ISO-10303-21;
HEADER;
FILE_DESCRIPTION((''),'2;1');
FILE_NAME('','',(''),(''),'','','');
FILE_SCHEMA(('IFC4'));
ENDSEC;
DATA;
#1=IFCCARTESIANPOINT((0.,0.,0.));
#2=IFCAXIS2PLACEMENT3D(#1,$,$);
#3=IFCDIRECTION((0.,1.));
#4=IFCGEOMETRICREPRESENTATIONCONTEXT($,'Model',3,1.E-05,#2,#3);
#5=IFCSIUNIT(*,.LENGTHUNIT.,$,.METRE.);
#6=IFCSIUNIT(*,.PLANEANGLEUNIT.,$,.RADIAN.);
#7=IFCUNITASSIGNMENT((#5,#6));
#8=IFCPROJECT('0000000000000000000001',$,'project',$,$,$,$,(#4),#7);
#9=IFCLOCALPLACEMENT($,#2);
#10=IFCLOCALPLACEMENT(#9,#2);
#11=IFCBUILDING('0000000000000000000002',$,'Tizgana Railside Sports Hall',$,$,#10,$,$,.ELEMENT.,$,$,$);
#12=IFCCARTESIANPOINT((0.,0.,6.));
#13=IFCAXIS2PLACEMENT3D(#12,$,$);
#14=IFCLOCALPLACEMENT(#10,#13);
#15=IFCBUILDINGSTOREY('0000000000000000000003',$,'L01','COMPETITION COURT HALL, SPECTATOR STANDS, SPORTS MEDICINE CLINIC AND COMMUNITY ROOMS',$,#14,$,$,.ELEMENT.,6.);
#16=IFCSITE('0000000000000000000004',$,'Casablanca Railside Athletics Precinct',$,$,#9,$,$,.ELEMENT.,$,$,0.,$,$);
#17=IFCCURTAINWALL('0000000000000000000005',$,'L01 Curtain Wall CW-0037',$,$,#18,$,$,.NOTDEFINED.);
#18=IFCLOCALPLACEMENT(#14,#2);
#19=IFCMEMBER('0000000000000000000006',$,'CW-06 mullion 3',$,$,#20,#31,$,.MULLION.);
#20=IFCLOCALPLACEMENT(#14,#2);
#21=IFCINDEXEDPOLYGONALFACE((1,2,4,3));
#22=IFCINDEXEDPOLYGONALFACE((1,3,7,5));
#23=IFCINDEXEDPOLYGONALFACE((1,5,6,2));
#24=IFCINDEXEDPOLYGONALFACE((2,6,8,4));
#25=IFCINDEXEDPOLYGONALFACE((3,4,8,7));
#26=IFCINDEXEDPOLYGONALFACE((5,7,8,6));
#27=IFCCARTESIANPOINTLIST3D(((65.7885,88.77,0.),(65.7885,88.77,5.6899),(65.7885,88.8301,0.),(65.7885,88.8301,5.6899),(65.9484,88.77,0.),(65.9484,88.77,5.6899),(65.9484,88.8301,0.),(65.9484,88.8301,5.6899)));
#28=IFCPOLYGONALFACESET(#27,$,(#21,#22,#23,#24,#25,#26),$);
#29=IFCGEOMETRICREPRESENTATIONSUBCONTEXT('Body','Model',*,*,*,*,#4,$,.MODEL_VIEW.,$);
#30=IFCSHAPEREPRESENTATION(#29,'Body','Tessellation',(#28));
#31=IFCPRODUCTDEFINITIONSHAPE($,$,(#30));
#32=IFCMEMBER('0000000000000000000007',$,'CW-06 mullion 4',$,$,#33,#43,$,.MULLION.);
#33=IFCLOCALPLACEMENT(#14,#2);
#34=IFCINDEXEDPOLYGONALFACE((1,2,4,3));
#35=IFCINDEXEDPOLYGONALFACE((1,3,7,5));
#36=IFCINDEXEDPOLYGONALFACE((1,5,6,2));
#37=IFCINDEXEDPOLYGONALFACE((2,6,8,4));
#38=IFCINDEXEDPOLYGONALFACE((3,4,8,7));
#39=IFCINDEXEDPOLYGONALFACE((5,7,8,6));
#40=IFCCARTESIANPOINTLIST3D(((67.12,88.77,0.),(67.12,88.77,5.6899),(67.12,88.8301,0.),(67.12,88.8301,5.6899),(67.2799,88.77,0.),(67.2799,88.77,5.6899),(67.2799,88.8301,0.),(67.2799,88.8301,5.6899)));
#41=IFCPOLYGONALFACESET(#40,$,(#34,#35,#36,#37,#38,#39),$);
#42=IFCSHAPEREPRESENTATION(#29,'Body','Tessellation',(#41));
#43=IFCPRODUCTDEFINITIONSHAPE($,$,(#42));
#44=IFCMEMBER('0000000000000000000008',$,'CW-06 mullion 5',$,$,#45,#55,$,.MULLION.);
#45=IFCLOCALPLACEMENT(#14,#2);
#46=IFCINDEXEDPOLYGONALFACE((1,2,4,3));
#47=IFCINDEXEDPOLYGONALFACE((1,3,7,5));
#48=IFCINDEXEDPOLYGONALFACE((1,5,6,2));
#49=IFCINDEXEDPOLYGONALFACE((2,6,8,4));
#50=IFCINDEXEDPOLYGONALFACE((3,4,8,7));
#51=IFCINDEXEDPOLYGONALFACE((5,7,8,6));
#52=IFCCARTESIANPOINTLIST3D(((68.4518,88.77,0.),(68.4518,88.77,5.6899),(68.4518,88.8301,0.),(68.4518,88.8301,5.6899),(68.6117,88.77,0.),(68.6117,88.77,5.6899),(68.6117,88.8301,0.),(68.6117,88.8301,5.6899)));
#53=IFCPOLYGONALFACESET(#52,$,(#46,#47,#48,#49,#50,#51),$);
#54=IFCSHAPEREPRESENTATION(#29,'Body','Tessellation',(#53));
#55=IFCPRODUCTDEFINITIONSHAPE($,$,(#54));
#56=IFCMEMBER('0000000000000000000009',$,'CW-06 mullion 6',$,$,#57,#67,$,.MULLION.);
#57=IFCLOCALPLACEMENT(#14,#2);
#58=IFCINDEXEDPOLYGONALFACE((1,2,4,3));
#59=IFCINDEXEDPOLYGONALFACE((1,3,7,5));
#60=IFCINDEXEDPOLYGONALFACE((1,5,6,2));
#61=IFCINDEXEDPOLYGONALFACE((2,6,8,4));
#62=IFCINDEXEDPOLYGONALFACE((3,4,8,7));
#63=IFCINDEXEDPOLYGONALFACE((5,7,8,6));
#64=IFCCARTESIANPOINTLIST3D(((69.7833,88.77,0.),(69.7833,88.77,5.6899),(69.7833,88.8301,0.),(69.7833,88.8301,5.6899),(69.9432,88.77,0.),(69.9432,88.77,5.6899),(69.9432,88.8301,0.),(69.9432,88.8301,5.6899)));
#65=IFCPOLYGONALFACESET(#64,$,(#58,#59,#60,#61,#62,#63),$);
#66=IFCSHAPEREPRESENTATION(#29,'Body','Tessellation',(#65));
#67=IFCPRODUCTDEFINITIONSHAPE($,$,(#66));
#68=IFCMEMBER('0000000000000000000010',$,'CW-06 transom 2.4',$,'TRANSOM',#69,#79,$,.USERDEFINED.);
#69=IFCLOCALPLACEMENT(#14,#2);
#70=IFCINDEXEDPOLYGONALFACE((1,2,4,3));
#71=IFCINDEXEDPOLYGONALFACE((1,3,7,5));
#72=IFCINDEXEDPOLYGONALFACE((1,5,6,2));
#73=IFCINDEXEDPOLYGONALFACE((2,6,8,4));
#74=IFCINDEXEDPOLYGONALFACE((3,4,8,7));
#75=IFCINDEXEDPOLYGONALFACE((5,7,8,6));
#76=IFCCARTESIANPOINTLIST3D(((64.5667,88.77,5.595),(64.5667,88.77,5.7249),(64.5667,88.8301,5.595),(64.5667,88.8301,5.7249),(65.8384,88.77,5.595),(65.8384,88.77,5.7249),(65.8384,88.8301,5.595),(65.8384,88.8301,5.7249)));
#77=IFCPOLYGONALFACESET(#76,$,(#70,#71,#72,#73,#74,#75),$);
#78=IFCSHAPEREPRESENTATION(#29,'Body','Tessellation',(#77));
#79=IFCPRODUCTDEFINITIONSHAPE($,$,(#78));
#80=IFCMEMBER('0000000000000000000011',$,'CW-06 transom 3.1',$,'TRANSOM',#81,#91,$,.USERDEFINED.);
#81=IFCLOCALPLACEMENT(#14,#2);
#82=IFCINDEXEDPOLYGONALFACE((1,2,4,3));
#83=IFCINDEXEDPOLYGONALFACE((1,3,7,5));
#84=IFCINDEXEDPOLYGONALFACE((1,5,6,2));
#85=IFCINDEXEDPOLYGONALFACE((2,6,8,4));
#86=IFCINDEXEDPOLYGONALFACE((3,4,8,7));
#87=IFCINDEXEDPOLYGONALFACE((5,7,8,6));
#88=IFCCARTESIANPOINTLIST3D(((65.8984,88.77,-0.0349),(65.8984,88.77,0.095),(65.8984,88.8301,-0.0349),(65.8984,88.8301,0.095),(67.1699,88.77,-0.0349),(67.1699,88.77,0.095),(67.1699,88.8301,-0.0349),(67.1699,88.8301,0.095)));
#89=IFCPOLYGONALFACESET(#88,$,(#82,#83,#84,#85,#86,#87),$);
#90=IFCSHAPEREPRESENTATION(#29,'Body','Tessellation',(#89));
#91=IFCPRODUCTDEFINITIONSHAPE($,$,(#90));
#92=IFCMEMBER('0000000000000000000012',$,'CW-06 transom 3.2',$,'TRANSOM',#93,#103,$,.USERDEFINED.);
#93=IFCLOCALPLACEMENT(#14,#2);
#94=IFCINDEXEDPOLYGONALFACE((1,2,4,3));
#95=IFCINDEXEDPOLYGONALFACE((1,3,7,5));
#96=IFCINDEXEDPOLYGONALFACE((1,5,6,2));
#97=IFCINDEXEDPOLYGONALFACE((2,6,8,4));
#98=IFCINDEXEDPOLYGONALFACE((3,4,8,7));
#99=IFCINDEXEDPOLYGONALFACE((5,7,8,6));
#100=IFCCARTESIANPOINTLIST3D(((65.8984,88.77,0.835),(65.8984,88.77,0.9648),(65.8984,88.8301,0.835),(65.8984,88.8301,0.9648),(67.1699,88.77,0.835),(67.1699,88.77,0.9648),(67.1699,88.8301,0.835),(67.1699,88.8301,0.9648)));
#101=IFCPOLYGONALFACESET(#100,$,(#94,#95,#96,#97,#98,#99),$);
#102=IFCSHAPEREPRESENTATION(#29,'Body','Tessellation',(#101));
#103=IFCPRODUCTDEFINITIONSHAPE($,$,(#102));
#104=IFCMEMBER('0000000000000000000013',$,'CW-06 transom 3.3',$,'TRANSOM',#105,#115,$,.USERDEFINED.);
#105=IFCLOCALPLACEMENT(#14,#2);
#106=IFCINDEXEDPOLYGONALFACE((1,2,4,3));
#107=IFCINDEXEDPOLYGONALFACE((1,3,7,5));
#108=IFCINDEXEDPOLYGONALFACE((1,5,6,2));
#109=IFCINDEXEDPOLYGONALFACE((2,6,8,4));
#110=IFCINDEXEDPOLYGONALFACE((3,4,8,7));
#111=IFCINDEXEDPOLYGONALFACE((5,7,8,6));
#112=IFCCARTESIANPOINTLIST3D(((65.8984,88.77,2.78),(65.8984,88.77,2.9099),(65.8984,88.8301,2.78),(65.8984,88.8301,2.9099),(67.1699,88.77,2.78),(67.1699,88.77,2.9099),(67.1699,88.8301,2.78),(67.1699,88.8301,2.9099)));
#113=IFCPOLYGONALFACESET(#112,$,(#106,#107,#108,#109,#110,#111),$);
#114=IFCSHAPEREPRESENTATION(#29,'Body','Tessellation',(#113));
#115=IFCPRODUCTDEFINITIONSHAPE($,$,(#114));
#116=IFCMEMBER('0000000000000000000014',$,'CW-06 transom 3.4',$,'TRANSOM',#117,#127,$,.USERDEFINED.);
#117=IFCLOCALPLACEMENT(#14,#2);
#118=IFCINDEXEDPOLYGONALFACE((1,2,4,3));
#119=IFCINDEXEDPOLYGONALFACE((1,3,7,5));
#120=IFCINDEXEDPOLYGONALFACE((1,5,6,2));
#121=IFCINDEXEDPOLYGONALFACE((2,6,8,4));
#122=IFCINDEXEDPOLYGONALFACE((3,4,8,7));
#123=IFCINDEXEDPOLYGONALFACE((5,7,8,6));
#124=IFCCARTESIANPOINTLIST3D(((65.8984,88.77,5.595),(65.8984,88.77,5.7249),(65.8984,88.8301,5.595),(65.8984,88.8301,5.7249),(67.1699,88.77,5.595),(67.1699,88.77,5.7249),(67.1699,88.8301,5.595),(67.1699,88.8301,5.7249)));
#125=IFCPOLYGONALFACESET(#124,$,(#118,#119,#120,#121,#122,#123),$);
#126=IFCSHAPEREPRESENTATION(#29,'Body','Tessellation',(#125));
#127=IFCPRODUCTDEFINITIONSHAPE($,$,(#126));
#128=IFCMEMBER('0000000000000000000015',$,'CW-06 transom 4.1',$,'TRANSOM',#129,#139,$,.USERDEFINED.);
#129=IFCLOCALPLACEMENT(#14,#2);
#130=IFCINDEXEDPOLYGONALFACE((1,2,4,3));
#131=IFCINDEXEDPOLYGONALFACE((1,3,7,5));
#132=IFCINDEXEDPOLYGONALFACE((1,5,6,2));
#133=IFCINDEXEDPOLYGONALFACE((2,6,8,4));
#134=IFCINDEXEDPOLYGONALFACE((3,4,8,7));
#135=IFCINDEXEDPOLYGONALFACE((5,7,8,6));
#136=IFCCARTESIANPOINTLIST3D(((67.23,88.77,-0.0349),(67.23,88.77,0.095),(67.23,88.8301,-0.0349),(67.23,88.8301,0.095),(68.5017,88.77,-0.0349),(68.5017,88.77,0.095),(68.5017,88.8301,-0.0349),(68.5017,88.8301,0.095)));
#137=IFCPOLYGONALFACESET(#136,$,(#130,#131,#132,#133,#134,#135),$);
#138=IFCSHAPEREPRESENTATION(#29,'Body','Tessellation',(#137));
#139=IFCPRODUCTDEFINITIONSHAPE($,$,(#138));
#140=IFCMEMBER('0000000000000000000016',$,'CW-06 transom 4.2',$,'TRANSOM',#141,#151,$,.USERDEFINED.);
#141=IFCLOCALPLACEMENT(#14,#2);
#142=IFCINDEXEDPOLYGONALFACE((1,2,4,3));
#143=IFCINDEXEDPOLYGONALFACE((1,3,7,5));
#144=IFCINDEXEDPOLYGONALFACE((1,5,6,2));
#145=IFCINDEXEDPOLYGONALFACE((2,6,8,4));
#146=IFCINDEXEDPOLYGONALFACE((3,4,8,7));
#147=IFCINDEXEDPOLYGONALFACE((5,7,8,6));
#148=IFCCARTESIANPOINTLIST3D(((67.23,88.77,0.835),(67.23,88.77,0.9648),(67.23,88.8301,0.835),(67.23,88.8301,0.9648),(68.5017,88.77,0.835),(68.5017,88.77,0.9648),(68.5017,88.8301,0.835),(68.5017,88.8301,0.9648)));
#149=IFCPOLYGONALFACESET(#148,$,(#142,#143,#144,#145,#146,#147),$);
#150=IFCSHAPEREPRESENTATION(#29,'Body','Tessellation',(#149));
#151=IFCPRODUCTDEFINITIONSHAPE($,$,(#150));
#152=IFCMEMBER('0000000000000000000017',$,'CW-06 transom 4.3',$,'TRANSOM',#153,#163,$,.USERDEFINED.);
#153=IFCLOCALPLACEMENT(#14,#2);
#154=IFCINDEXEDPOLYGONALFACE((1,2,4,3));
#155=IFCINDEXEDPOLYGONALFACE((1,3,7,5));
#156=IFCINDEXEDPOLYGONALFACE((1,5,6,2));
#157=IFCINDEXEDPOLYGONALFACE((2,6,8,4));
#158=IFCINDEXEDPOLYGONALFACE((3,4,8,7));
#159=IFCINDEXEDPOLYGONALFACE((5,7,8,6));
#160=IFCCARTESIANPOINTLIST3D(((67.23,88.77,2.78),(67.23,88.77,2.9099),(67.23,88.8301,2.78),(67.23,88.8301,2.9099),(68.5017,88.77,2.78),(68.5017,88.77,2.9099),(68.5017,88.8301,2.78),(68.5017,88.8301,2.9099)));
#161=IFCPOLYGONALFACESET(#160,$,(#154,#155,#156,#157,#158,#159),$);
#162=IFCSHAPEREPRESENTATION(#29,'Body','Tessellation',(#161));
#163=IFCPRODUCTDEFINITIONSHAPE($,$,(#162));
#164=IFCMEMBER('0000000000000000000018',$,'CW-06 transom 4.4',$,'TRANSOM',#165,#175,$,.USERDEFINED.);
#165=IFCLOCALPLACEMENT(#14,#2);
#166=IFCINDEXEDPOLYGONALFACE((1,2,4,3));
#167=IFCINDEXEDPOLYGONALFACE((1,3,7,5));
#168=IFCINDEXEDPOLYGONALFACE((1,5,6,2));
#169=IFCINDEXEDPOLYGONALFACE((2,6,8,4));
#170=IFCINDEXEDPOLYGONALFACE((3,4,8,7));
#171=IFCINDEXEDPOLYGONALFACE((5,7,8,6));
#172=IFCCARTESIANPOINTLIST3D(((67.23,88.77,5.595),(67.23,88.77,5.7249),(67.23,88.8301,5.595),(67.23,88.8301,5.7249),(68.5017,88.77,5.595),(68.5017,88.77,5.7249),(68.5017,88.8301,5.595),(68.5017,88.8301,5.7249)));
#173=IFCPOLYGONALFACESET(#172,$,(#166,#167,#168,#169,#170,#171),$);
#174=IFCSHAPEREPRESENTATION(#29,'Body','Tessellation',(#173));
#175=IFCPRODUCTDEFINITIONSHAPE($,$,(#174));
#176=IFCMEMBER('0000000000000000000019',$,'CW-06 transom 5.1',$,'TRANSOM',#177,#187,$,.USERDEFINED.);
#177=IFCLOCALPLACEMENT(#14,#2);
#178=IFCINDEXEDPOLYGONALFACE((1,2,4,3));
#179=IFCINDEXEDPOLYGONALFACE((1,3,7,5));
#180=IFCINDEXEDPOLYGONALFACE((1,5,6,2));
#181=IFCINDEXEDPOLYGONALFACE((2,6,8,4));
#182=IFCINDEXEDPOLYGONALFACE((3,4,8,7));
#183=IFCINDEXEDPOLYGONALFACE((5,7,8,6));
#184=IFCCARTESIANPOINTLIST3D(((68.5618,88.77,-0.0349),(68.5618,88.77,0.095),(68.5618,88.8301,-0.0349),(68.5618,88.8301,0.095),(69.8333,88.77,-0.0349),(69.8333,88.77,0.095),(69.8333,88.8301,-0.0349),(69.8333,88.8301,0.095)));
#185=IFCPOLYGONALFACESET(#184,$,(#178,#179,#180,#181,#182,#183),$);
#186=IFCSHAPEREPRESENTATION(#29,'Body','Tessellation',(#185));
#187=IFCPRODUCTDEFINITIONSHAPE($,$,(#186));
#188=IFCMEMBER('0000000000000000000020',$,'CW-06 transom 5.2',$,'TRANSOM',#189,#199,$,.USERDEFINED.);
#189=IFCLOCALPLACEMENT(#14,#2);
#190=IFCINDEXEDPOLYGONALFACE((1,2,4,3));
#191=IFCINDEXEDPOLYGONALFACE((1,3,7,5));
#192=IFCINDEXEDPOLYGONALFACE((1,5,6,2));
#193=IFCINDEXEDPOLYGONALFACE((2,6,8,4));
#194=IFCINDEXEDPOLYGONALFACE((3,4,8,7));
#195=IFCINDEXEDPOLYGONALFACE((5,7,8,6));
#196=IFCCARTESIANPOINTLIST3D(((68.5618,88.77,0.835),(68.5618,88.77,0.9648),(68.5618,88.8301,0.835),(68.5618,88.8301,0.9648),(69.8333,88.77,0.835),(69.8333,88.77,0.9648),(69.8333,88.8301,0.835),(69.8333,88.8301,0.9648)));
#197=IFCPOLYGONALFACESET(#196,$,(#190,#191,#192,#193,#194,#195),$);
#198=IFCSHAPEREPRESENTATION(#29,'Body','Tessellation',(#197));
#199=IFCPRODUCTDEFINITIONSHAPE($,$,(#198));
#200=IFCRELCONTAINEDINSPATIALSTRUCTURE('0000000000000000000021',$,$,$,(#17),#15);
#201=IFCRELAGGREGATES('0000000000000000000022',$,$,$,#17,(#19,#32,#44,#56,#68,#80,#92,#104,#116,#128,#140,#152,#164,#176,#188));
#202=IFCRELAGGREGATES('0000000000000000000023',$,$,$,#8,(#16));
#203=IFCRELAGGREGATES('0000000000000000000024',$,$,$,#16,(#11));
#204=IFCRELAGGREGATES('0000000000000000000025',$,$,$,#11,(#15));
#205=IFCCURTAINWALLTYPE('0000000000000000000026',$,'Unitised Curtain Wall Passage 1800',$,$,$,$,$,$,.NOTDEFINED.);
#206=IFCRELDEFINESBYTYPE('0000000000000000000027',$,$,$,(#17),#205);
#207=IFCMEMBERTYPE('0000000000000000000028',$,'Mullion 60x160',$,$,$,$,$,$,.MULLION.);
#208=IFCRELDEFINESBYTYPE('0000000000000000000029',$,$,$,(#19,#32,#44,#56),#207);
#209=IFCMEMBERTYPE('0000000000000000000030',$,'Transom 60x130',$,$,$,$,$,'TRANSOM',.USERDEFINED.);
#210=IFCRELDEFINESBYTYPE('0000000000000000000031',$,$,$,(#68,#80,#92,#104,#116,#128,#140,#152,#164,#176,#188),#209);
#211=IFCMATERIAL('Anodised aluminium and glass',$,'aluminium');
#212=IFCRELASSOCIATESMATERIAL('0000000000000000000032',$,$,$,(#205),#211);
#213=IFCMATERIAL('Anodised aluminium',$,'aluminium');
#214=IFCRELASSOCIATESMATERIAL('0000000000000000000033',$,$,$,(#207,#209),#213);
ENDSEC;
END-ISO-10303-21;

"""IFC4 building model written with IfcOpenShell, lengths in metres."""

from ifc_helpers import new_model, si_unit, direction, frame, origin, origin_2d, place, context, subcontext, project, spatial, rectangle, extrude, material, material_profile, profile_set, type_object, element, aggregate, save


model = new_model("IFC4")

# Units and contexts
model_context = context("Model", 3, precision=1e-05, world=origin(), true_north=direction((0.0, 1.0)))
body_context = subcontext(model_context, "Body", "Model", "MODEL_VIEW")
ifc_project = project(units=[si_unit("LENGTHUNIT", "METRE"), si_unit("PLANEANGLEUNIT", "RADIAN")], contexts=[model_context])

# Site, building, storey
site_placement = place(None, origin())
site = spatial("IfcSite", under=ifc_project, at=site_placement, Name="Casablanca Railside Athletics Precinct", CompositionType="ELEMENT", RefElevation=0.0)
building_placement = place(site_placement, origin())
building = spatial("IfcBuilding", under=site, at=building_placement, Name="Tizgana Railside Sports Hall", CompositionType="ELEMENT")
storey_placement = place(building_placement, frame((0.0, 0.0, 6.0)))
storey = spatial("IfcBuildingStorey", under=building, at=storey_placement, Name="L01", Description="COMPETITION COURT HALL, SPECTATOR STANDS, SPORTS MEDICINE CLINIC AND COMMUNITY ROOMS", CompositionType="ELEMENT", Elevation=6.0)

# Curtain wall, members
ifc_material_1 = material(Name="Anodised aluminium and glass", Category="aluminium")
curtain_wall_type = type_object("IfcCurtainWallType", Name="Unitised Curtain Wall Passage 1800", PredefinedType="NOTDEFINED", material=ifc_material_1)
curtain_wall_placement = place(storey_placement, origin())
curtain_wall = element("IfcCurtainWall", 1, at=curtain_wall_placement, inside=storey, type_object=curtain_wall_type, Name="L01 Curtain Wall CW-0037", PredefinedType="NOTDEFINED")
ifc_material_2 = material(Name="Anodised aluminium", Category="aluminium")
ifc_material_profile_1 = material_profile(ifc_material_2, rectangle(XDim=0.0601, YDim=0.1599, at=origin_2d()), Name="Mullion 60x160")
ifc_profile_set_1 = profile_set([ifc_material_profile_1], Name="Anodised aluminium")
member_type_1 = type_object("IfcMemberType", Name="Mullion 60x160", PredefinedType="MULLION", material=ifc_profile_set_1)
member_1_placement = place(storey_placement, frame((65.8684, 88.8, 0.0), z_axis=(0.0, 0.0, 1.0), x_axis=(0.0, 1.0, 0.0)))
member_1 = element("IfcMember", 2, at=member_1_placement, type_object=member_type_1, Name="CW-06 mullion 3", PredefinedType="MULLION", context=body_context, shape_type="SweptSolid", body=[
    extrude(rectangle(XDim=0.0601, YDim=0.1599, at=origin_2d()), origin(), (0.0, 0.0, 1.0), 5.6899),
])
member_2_placement = place(storey_placement, frame((67.2, 88.8, 0.0), z_axis=(0.0, 0.0, 1.0), x_axis=(0.0, 1.0, 0.0)))
member_2 = element("IfcMember", 3, at=member_2_placement, type_object=member_type_1, Name="CW-06 mullion 4", PredefinedType="MULLION", context=body_context, shape_type="SweptSolid", body=[
    extrude(rectangle(XDim=0.0601, YDim=0.1599, at=origin_2d()), origin(), (0.0, 0.0, 1.0), 5.6899),
])
member_3_placement = place(storey_placement, frame((68.5317, 88.8, 0.0), z_axis=(0.0, 0.0, 1.0), x_axis=(0.0, 1.0, 0.0)))
member_3 = element("IfcMember", 4, at=member_3_placement, type_object=member_type_1, Name="CW-06 mullion 5", PredefinedType="MULLION", context=body_context, shape_type="SweptSolid", body=[
    extrude(rectangle(XDim=0.0601, YDim=0.1599, at=origin_2d()), origin(), (0.0, 0.0, 1.0), 5.6899),
])
member_4_placement = place(storey_placement, frame((69.8633, 88.8, 0.0), z_axis=(0.0, 0.0, 1.0), x_axis=(0.0, 1.0, 0.0)))
member_4 = element("IfcMember", 5, at=member_4_placement, type_object=member_type_1, Name="CW-06 mullion 6", PredefinedType="MULLION", context=body_context, shape_type="SweptSolid", body=[
    extrude(rectangle(XDim=0.0601, YDim=0.1599, at=origin_2d()), origin(), (0.0, 0.0, 1.0), 5.6899),
])
ifc_material_profile_2 = material_profile(ifc_material_2, rectangle(XDim=0.0601, YDim=0.1299, at=origin_2d()), Name="Transom 60x130")
ifc_profile_set_2 = profile_set([ifc_material_profile_2], Name="Anodised aluminium")
member_type_2 = type_object("IfcMemberType", Name="Transom 60x130", ElementType="TRANSOM", PredefinedType="USERDEFINED", material=ifc_profile_set_2)
member_5_placement = place(storey_placement, frame((64.5667, 88.8, 5.6599), z_axis=(1.0, 0.0, 0.0), x_axis=(0.0, 1.0, 0.0)))
member_5 = element("IfcMember", 6, at=member_5_placement, type_object=member_type_2, Name="CW-06 transom 2.4", ObjectType="TRANSOM", PredefinedType="USERDEFINED", context=body_context, shape_type="SweptSolid", body=[
    extrude(rectangle(XDim=0.0601, YDim=0.1299, at=origin_2d()), origin(), (0.0, 0.0, 1.0), 1.2717),
])
member_6_placement = place(storey_placement, frame((65.8984, 88.8, 0.03), z_axis=(1.0, 0.0, 0.0), x_axis=(0.0, 1.0, 0.0)))
member_6 = element("IfcMember", 7, at=member_6_placement, type_object=member_type_2, Name="CW-06 transom 3.1", ObjectType="TRANSOM", PredefinedType="USERDEFINED", context=body_context, shape_type="SweptSolid", body=[
    extrude(rectangle(XDim=0.0601, YDim=0.1299, at=origin_2d()), origin(), (0.0, 0.0, 1.0), 1.2715),
])
member_7_placement = place(storey_placement, frame((65.8984, 88.8, 0.8999), z_axis=(1.0, 0.0, 0.0), x_axis=(0.0, 1.0, 0.0)))
member_7 = element("IfcMember", 8, at=member_7_placement, type_object=member_type_2, Name="CW-06 transom 3.2", ObjectType="TRANSOM", PredefinedType="USERDEFINED", context=body_context, shape_type="SweptSolid", body=[
    extrude(rectangle(XDim=0.0601, YDim=0.1299, at=origin_2d()), origin(), (0.0, 0.0, 1.0), 1.2715),
])
member_8_placement = place(storey_placement, frame((65.8984, 88.8, 2.845), z_axis=(1.0, 0.0, 0.0), x_axis=(0.0, 1.0, 0.0)))
member_8 = element("IfcMember", 9, at=member_8_placement, type_object=member_type_2, Name="CW-06 transom 3.3", ObjectType="TRANSOM", PredefinedType="USERDEFINED", context=body_context, shape_type="SweptSolid", body=[
    extrude(rectangle(XDim=0.0601, YDim=0.1299, at=origin_2d()), origin(), (0.0, 0.0, 1.0), 1.2715),
])
member_9_placement = place(storey_placement, frame((65.8984, 88.8, 5.6599), z_axis=(1.0, 0.0, 0.0), x_axis=(0.0, 1.0, 0.0)))
member_9 = element("IfcMember", 10, at=member_9_placement, type_object=member_type_2, Name="CW-06 transom 3.4", ObjectType="TRANSOM", PredefinedType="USERDEFINED", context=body_context, shape_type="SweptSolid", body=[
    extrude(rectangle(XDim=0.0601, YDim=0.1299, at=origin_2d()), origin(), (0.0, 0.0, 1.0), 1.2715),
])
member_10_placement = place(storey_placement, frame((67.23, 88.8, 0.03), z_axis=(1.0, 0.0, 0.0), x_axis=(0.0, 1.0, 0.0)))
member_10 = element("IfcMember", 11, at=member_10_placement, type_object=member_type_2, Name="CW-06 transom 4.1", ObjectType="TRANSOM", PredefinedType="USERDEFINED", context=body_context, shape_type="SweptSolid", body=[
    extrude(rectangle(XDim=0.0601, YDim=0.1299, at=origin_2d()), origin(), (0.0, 0.0, 1.0), 1.2717),
])
member_11_placement = place(storey_placement, frame((67.23, 88.8, 0.8999), z_axis=(1.0, 0.0, 0.0), x_axis=(0.0, 1.0, 0.0)))
member_11 = element("IfcMember", 12, at=member_11_placement, type_object=member_type_2, Name="CW-06 transom 4.2", ObjectType="TRANSOM", PredefinedType="USERDEFINED", context=body_context, shape_type="SweptSolid", body=[
    extrude(rectangle(XDim=0.0601, YDim=0.1299, at=origin_2d()), origin(), (0.0, 0.0, 1.0), 1.2717),
])
member_12_placement = place(storey_placement, frame((67.23, 88.8, 2.845), z_axis=(1.0, 0.0, 0.0), x_axis=(0.0, 1.0, 0.0)))
member_12 = element("IfcMember", 13, at=member_12_placement, type_object=member_type_2, Name="CW-06 transom 4.3", ObjectType="TRANSOM", PredefinedType="USERDEFINED", context=body_context, shape_type="SweptSolid", body=[
    extrude(rectangle(XDim=0.0601, YDim=0.1299, at=origin_2d()), origin(), (0.0, 0.0, 1.0), 1.2717),
])
member_13_placement = place(storey_placement, frame((67.23, 88.8, 5.6599), z_axis=(1.0, 0.0, 0.0), x_axis=(0.0, 1.0, 0.0)))
member_13 = element("IfcMember", 14, at=member_13_placement, type_object=member_type_2, Name="CW-06 transom 4.4", ObjectType="TRANSOM", PredefinedType="USERDEFINED", context=body_context, shape_type="SweptSolid", body=[
    extrude(rectangle(XDim=0.0601, YDim=0.1299, at=origin_2d()), origin(), (0.0, 0.0, 1.0), 1.2717),
])
member_14_placement = place(storey_placement, frame((68.5618, 88.8, 0.03), z_axis=(1.0, 0.0, 0.0), x_axis=(0.0, 1.0, 0.0)))
member_14 = element("IfcMember", 15, at=member_14_placement, type_object=member_type_2, Name="CW-06 transom 5.1", ObjectType="TRANSOM", PredefinedType="USERDEFINED", context=body_context, shape_type="SweptSolid", body=[
    extrude(rectangle(XDim=0.0601, YDim=0.1299, at=origin_2d()), origin(), (0.0, 0.0, 1.0), 1.2715),
])
member_15_placement = place(storey_placement, frame((68.5618, 88.8, 0.8999), z_axis=(1.0, 0.0, 0.0), x_axis=(0.0, 1.0, 0.0)))
member_15 = element("IfcMember", 16, at=member_15_placement, type_object=member_type_2, Name="CW-06 transom 5.2", ObjectType="TRANSOM", PredefinedType="USERDEFINED", context=body_context, shape_type="SweptSolid", body=[
    extrude(rectangle(XDim=0.0601, YDim=0.1299, at=origin_2d()), origin(), (0.0, 0.0, 1.0), 1.2715),
])
aggregate(curtain_wall, [member_1, member_2, member_3, member_4, member_5, member_6, member_7, member_8, member_9, member_10, member_11, member_12, member_13, member_14, member_15])

save(model, "model.ifc")
